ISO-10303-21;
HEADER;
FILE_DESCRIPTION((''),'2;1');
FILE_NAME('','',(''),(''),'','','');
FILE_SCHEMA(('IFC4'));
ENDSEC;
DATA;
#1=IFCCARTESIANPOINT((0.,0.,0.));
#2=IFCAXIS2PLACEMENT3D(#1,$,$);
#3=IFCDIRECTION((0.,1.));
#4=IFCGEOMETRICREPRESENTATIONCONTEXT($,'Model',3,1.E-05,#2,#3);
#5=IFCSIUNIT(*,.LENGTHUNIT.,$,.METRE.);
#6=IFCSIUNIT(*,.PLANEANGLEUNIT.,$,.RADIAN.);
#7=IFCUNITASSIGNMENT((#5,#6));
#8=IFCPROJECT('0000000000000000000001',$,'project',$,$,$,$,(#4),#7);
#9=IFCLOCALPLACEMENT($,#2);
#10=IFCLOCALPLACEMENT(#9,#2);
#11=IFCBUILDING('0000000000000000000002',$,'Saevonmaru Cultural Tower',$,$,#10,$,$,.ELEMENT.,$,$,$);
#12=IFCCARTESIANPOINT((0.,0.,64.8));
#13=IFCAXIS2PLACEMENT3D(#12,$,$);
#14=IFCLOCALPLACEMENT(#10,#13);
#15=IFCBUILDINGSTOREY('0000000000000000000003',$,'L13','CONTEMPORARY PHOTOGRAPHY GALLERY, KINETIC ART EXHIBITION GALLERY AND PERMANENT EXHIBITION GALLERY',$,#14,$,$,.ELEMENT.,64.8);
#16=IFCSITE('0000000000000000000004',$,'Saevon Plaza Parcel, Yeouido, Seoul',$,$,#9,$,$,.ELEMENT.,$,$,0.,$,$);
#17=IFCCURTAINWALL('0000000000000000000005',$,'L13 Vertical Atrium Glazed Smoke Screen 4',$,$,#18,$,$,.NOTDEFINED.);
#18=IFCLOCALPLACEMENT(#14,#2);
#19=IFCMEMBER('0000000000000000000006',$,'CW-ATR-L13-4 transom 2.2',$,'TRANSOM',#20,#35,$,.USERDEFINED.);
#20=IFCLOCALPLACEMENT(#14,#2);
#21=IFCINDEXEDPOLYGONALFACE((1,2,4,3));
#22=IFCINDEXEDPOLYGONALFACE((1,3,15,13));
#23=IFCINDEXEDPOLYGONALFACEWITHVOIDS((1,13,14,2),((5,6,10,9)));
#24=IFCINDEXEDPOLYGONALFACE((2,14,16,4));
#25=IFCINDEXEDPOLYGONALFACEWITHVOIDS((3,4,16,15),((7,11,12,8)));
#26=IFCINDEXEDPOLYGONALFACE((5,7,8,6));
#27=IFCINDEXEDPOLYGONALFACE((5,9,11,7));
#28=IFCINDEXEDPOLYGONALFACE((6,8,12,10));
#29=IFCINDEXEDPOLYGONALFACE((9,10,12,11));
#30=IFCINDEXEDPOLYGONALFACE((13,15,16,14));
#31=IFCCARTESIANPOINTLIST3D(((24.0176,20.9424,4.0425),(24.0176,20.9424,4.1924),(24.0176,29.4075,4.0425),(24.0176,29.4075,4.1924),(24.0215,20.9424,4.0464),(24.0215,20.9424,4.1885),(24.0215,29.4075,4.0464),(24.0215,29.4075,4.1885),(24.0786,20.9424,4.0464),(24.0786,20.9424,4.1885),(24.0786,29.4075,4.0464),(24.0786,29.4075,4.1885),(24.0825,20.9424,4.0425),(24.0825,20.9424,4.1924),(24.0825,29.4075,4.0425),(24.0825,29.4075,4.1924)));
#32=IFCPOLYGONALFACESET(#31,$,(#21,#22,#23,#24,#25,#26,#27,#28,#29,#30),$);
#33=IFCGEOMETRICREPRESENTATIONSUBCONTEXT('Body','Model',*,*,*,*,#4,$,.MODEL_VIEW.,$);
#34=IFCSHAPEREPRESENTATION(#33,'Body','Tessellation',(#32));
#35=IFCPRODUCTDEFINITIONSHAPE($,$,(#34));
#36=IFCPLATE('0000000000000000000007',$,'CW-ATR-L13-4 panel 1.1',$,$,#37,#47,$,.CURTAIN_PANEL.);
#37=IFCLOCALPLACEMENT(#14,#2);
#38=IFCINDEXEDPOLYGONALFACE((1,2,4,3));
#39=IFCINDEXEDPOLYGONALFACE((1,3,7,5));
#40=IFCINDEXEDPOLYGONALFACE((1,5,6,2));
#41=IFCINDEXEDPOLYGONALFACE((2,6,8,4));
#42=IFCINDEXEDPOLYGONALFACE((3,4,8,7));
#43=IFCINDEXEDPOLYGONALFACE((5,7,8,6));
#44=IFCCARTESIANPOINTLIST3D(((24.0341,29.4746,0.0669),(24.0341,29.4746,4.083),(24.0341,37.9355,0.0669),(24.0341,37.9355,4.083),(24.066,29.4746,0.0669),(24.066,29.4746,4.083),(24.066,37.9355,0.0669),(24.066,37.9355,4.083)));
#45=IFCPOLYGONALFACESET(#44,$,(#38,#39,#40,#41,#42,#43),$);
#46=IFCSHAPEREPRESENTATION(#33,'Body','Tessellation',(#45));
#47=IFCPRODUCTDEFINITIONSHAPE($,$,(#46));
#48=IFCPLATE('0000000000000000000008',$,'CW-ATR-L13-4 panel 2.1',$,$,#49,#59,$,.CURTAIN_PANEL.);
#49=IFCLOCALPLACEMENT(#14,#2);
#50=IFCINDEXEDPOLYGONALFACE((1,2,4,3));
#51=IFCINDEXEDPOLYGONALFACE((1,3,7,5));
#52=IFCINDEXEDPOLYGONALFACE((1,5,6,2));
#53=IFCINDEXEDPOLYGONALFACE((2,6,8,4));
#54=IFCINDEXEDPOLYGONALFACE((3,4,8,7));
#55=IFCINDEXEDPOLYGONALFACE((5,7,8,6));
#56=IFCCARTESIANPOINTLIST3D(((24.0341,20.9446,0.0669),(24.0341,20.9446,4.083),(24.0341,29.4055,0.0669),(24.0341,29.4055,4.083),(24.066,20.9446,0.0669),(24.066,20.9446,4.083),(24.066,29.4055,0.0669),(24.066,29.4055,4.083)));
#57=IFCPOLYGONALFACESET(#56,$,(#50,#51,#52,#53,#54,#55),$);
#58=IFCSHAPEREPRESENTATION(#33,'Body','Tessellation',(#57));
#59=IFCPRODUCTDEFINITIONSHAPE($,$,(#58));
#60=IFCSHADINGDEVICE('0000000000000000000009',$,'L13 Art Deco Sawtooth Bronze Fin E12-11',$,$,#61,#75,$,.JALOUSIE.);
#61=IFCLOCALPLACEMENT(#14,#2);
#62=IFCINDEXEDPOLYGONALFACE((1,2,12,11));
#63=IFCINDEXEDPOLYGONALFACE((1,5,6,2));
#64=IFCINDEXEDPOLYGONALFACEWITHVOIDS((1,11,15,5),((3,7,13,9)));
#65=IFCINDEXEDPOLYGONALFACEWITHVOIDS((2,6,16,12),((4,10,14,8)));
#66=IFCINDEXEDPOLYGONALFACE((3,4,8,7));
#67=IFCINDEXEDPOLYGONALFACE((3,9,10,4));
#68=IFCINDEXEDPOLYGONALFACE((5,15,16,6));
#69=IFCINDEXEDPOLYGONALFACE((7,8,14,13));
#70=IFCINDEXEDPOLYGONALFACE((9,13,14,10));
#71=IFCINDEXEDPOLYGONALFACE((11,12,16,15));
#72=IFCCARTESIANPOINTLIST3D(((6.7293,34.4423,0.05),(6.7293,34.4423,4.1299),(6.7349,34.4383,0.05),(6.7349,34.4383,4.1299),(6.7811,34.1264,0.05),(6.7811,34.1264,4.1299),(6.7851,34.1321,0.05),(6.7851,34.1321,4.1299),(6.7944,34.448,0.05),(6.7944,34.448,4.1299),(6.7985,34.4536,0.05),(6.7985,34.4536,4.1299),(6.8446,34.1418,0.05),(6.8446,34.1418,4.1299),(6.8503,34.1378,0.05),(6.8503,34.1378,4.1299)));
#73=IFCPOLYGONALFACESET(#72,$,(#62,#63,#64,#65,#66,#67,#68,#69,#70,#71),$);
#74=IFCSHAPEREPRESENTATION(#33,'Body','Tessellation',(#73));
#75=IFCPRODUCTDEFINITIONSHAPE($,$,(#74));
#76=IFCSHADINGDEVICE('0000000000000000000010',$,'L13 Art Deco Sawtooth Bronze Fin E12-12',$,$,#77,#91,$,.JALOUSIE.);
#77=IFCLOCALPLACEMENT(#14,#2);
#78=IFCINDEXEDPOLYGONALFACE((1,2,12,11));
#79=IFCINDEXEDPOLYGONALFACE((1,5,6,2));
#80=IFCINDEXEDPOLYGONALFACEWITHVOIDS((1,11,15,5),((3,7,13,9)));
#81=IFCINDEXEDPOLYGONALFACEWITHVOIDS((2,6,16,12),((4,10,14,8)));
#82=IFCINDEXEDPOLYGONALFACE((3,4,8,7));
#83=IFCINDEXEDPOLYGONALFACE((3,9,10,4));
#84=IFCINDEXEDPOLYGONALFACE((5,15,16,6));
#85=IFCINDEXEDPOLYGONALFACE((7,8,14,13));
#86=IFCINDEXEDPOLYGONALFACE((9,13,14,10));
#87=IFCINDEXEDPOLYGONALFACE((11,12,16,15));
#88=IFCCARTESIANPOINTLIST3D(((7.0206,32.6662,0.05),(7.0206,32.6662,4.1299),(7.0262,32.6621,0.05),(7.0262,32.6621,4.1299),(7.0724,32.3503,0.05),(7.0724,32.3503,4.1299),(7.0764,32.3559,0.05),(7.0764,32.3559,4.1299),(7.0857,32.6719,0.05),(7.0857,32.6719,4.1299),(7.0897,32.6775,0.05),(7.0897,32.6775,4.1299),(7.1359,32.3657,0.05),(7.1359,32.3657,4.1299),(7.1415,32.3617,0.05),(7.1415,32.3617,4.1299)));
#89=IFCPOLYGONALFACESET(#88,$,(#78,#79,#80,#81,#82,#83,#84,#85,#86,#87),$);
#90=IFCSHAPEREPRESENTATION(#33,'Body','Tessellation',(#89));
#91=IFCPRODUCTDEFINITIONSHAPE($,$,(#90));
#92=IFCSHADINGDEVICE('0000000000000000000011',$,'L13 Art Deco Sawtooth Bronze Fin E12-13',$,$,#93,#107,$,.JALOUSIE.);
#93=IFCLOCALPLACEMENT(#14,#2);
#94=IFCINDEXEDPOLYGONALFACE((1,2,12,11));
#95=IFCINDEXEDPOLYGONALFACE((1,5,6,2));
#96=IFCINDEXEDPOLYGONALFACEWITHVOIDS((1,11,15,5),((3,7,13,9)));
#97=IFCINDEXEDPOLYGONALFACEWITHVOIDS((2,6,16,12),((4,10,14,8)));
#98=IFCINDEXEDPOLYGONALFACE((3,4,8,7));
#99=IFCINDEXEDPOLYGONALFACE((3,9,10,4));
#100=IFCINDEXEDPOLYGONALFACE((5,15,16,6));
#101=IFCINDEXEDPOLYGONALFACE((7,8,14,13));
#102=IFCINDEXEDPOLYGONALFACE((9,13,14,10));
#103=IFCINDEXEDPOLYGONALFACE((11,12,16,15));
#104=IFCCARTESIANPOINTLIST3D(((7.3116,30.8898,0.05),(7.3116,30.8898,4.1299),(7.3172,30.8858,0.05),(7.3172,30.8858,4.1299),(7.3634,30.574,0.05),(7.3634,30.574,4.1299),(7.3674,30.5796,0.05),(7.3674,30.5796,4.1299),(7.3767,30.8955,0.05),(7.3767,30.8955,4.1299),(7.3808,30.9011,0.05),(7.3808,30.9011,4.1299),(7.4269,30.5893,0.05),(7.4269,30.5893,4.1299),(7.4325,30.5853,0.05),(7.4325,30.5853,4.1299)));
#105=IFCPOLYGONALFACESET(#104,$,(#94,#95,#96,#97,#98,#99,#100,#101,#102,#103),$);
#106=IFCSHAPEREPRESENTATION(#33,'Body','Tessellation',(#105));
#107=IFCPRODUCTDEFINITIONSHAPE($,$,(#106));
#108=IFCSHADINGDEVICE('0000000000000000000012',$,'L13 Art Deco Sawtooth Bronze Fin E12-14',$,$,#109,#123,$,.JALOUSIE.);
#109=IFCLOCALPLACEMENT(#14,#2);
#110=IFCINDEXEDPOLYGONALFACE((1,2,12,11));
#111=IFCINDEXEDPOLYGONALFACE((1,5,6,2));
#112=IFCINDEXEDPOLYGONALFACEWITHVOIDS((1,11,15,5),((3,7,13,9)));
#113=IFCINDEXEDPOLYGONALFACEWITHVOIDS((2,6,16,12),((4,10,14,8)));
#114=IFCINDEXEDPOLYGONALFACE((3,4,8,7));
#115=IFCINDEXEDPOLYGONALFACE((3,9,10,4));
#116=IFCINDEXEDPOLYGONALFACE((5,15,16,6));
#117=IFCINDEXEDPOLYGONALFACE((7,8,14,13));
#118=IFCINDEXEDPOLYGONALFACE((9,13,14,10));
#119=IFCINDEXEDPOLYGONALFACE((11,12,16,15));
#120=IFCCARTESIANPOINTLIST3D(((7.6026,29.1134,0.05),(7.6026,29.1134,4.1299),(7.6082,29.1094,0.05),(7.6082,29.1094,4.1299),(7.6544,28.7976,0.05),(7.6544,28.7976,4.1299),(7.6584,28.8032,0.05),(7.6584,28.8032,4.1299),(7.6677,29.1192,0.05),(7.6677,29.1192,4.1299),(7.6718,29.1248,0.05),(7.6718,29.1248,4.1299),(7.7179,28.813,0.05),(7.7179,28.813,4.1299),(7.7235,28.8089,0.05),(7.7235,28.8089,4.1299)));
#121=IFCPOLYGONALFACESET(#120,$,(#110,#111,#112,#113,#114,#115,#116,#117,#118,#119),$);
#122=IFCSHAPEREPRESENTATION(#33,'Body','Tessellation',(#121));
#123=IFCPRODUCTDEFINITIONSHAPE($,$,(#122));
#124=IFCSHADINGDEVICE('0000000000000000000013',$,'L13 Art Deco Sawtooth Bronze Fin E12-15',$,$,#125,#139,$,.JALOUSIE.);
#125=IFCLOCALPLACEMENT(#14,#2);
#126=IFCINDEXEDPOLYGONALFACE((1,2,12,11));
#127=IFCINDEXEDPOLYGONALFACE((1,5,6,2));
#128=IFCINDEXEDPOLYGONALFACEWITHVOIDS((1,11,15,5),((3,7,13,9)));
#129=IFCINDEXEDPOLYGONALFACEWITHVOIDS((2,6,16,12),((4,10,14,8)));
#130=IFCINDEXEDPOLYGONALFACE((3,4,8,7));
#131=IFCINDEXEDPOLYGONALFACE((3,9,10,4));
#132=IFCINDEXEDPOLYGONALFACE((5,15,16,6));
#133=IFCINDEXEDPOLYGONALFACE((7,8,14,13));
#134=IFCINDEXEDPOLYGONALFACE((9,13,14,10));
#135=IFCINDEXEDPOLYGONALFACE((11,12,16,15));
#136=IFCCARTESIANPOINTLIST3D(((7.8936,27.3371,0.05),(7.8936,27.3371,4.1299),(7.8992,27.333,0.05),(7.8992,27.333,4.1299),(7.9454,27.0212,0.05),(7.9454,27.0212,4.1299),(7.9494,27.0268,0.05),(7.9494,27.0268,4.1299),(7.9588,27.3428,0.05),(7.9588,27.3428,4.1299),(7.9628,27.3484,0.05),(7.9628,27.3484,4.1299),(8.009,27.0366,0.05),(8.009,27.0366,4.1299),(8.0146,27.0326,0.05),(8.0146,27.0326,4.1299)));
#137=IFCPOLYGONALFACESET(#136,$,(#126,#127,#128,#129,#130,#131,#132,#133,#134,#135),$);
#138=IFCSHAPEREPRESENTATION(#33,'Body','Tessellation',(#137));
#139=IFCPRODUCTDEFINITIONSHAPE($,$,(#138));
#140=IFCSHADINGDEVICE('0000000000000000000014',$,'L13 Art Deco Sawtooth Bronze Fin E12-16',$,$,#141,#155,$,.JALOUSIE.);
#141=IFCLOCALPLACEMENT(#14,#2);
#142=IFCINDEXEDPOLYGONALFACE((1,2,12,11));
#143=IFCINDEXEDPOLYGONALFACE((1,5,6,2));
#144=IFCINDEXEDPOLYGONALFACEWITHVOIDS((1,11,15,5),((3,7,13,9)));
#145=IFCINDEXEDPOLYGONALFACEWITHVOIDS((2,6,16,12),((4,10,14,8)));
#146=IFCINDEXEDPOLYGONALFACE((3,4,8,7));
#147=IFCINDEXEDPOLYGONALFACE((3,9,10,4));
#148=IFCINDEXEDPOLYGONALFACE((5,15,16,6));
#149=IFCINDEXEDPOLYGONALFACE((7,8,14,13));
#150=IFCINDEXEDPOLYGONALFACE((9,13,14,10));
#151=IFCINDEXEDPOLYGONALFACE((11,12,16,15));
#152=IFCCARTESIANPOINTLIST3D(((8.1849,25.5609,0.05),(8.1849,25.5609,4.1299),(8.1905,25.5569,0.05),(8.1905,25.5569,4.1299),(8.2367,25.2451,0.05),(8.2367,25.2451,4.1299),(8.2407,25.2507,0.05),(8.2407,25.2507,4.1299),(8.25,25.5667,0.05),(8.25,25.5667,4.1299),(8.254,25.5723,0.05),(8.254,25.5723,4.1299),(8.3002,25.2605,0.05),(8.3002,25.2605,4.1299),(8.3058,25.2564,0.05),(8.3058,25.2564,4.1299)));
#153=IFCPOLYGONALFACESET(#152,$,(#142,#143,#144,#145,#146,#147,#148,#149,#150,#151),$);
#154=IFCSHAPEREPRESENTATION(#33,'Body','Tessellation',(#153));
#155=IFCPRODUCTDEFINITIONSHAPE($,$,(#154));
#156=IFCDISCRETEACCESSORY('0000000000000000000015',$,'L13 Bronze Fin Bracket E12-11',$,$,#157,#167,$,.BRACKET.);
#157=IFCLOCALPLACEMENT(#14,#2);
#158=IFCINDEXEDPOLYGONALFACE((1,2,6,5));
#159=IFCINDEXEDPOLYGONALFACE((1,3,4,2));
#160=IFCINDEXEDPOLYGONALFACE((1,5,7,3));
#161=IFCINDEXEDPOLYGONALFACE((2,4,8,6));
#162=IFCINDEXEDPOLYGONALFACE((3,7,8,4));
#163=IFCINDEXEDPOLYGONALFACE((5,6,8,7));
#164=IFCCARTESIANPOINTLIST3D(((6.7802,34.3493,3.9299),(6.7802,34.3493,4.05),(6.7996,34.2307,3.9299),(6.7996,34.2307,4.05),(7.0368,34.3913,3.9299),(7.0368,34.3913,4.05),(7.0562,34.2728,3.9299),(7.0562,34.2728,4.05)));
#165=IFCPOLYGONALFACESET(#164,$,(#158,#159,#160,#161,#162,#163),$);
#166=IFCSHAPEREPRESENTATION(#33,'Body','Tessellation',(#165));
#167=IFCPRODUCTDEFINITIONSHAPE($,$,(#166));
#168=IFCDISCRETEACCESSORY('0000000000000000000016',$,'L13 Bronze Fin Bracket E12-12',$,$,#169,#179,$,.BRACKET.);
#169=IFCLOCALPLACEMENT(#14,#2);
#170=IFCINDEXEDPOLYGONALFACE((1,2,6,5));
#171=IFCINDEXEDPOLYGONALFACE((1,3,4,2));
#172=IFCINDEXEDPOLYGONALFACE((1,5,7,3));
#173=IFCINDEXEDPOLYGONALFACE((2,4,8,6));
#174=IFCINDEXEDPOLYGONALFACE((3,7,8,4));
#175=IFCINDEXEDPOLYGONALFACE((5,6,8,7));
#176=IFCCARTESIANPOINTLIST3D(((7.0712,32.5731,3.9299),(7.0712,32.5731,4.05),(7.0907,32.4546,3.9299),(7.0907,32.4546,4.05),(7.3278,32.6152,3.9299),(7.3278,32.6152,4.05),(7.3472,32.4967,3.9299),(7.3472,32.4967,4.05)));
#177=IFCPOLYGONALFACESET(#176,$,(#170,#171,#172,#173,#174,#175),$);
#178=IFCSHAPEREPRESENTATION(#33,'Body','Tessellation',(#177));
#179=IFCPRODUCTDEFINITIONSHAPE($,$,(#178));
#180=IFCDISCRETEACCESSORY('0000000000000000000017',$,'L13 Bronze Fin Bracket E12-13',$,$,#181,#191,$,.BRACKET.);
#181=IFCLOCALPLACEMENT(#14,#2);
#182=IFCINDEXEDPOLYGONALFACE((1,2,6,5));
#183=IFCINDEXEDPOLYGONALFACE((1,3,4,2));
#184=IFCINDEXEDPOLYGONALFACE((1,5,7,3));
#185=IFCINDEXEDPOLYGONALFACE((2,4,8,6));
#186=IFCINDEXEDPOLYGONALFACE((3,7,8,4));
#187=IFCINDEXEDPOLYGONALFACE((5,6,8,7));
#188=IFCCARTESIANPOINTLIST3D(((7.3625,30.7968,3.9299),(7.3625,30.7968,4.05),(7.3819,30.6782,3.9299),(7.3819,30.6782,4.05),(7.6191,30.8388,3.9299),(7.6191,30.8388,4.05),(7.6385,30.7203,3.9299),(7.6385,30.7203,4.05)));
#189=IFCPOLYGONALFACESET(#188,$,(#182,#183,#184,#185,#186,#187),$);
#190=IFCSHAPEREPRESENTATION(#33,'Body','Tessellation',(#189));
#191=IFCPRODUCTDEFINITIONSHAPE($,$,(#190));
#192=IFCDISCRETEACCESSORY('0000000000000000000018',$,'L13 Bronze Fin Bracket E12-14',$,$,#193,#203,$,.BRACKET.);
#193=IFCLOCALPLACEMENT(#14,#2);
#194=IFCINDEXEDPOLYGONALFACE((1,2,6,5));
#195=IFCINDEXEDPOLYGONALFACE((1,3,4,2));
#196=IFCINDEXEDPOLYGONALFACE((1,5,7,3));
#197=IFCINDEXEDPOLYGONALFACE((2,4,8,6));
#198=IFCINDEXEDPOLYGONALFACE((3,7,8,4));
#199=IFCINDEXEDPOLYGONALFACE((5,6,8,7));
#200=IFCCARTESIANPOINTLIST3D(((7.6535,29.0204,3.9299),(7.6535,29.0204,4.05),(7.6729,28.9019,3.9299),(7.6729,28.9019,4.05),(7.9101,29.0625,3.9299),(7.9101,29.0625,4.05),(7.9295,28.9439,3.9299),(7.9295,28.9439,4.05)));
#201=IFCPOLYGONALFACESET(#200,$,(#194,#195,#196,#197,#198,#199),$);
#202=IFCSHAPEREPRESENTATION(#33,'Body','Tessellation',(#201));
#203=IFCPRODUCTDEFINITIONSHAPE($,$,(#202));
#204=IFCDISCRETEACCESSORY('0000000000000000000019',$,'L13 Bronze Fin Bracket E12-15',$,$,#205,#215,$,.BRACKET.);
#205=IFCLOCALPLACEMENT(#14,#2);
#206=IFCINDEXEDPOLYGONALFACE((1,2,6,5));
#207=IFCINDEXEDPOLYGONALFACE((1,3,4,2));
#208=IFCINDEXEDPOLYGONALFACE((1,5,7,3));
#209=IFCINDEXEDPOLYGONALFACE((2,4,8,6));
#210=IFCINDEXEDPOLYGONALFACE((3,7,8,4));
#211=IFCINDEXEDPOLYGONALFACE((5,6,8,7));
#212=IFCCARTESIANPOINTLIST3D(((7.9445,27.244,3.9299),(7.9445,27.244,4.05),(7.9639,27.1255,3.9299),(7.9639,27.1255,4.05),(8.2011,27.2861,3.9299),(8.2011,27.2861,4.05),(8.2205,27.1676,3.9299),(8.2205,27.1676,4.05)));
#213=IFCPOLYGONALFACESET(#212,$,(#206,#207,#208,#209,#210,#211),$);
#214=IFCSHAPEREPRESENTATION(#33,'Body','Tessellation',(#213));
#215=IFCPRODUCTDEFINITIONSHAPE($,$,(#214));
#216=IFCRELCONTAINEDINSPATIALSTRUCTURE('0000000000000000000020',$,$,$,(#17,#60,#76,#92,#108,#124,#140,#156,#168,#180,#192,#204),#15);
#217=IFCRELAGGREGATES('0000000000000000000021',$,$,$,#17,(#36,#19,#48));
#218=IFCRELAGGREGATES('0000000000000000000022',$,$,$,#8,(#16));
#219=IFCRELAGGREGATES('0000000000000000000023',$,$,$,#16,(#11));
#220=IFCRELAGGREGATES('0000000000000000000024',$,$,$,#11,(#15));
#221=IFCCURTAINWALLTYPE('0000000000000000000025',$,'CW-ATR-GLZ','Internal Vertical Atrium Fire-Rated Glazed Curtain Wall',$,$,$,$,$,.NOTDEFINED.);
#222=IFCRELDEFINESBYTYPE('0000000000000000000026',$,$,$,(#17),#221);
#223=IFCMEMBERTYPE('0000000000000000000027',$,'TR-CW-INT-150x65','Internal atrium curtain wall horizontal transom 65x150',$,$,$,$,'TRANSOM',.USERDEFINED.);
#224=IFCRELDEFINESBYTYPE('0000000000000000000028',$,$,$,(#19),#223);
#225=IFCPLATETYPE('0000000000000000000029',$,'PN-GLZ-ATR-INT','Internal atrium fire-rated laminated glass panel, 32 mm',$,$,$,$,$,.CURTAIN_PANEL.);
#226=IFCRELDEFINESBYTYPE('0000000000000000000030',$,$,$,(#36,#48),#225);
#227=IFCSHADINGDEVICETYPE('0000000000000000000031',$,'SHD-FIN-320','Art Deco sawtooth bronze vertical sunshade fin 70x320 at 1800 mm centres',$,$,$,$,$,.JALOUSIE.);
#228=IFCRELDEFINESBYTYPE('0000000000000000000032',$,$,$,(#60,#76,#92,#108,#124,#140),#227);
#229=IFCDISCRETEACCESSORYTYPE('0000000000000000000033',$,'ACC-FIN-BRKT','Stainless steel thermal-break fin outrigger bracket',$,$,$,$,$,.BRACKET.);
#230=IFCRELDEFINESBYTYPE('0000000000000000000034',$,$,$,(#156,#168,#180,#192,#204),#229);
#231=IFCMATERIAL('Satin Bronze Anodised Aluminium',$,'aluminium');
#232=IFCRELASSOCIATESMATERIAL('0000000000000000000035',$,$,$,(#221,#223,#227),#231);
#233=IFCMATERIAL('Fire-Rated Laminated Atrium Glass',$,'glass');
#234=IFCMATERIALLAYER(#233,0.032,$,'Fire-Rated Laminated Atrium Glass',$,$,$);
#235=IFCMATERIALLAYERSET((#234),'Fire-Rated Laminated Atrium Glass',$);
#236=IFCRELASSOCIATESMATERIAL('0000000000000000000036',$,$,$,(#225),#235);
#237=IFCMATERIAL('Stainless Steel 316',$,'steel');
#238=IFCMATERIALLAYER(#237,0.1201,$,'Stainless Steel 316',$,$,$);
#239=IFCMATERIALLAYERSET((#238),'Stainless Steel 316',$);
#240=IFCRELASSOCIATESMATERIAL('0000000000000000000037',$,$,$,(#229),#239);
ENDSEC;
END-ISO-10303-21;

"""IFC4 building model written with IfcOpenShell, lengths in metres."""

from ifc_helpers import new_model, si_unit, direction, frame, origin, origin_2d, place, context, subcontext, project, spatial, rectangle, hollow_rectangle, extrude, material, layer, layer_set, material_profile, profile_set, type_object, element, aggregate, save


model = new_model("IFC4")

# Units and contexts
model_context = context("Model", 3, precision=1e-05, world=origin(), true_north=direction((0.0, 1.0)))
body_context = subcontext(model_context, "Body", "Model", "MODEL_VIEW")
ifc_project = project(units=[si_unit("LENGTHUNIT", "METRE"), si_unit("PLANEANGLEUNIT", "RADIAN")], contexts=[model_context])

# Site, building, storey
site_placement = place(None, origin())
site = spatial("IfcSite", under=ifc_project, at=site_placement, Name="Saevon Plaza Parcel, Yeouido, Seoul", CompositionType="ELEMENT", RefElevation=0.0)
building_placement = place(site_placement, origin())
building = spatial("IfcBuilding", under=site, at=building_placement, Name="Saevonmaru Cultural Tower", CompositionType="ELEMENT")
storey_placement = place(building_placement, frame((0.0, 0.0, 64.8)))
storey = spatial("IfcBuildingStorey", under=building, at=storey_placement, Name="L13", Description="CONTEMPORARY PHOTOGRAPHY GALLERY, KINETIC ART EXHIBITION GALLERY AND PERMANENT EXHIBITION GALLERY", CompositionType="ELEMENT", Elevation=64.8)

# Curtain wall
ifc_material_1 = material(Name="Satin Bronze Anodised Aluminium", Category="aluminium")
curtain_wall_type_1 = type_object("IfcCurtainWallType", Name="CW-ATR-GLZ", Description="Internal Vertical Atrium Fire-Rated Glazed Curtain Wall", PredefinedType="NOTDEFINED", material=ifc_material_1)
curtain_wall_1_placement = place(storey_placement, origin())
curtain_wall_1 = element("IfcCurtainWall", 1, at=curtain_wall_1_placement, inside=storey, type_object=curtain_wall_type_1, Name="L13 Vertical Atrium Glazed Smoke Screen 4", PredefinedType="NOTDEFINED")

# Member
ifc_material_profile_1 = material_profile(ifc_material_1, hollow_rectangle(XDim=0.0649, YDim=0.1499, WallThickness=0.0039, at=origin_2d()), Name="ALU-TRAN-150x65x4")
ifc_profile_set_1 = profile_set([ifc_material_profile_1], Name="Satin Bronze Anodised Aluminium")
member_type_1 = type_object("IfcMemberType", Name="TR-CW-INT-150x65", Description="Internal atrium curtain wall horizontal transom 65x150", ElementType="TRANSOM", PredefinedType="USERDEFINED", material=ifc_profile_set_1)
member_1_placement = place(storey_placement, frame((24.05, 29.4075, 4.1174), z_axis=(0.0, -1.0, 0.0), x_axis=(1.0, 0.0, 0.0)))
member_1 = element("IfcMember", 2, at=member_1_placement, type_object=member_type_1, Name="CW-ATR-L13-4 transom 2.2", ObjectType="TRANSOM", PredefinedType="USERDEFINED", context=body_context, shape_type="SweptSolid", body=[
    extrude(hollow_rectangle(XDim=0.0649, YDim=0.1499, WallThickness=0.0039, at=origin_2d()), origin(), (0.0, 0.0, 1.0), 8.4651),
])

# Plates
ifc_material_2 = material(Name="Fire-Rated Laminated Atrium Glass", Category="glass")
ifc_layer_1 = layer(ifc_material_2, 0.032, Name="Fire-Rated Laminated Atrium Glass")
ifc_layer_set_1 = layer_set([ifc_layer_1], Name="Fire-Rated Laminated Atrium Glass")
plate_type = type_object("IfcPlateType", Name="PN-GLZ-ATR-INT", Description="Internal atrium fire-rated laminated glass panel, 32 mm", PredefinedType="CURTAIN_PANEL", material=ifc_layer_set_1)
plate_1_placement = place(storey_placement, frame((24.05, 33.7051, 0.0669), z_axis=(0.0, 0.0, 1.0), x_axis=(0.0, -1.0, 0.0)))
plate_1 = element("IfcPlate", 3, at=plate_1_placement, type_object=plate_type, Name="CW-ATR-L13-4 panel 1.1", PredefinedType="CURTAIN_PANEL", context=body_context, shape_type="SweptSolid", body=[
    extrude(rectangle(XDim=8.4609, YDim=0.032, at=origin_2d()), origin(), (0.0, 0.0, 1.0), 4.0161),
])
plate_2_placement = place(storey_placement, frame((24.05, 25.175, 0.0669), z_axis=(0.0, 0.0, 1.0), x_axis=(0.0, -1.0, 0.0)))
plate_2 = element("IfcPlate", 4, at=plate_2_placement, type_object=plate_type, Name="CW-ATR-L13-4 panel 2.1", PredefinedType="CURTAIN_PANEL", context=body_context, shape_type="SweptSolid", body=[
    extrude(rectangle(XDim=8.4609, YDim=0.032, at=origin_2d()), origin(), (0.0, 0.0, 1.0), 4.0161),
])
aggregate(curtain_wall_1, [plate_1, member_1, plate_2])

# Shading devices
ifc_material_profile_2 = material_profile(ifc_material_1, hollow_rectangle(XDim=0.0701, YDim=0.3201, WallThickness=0.0049, at=origin_2d()), Name="FIN-320x70")
ifc_profile_set_2 = profile_set([ifc_material_profile_2], Name="Satin Bronze Anodised Aluminium")
shading_device_type = type_object("IfcShadingDeviceType", Name="SHD-FIN-320", Description="Art Deco sawtooth bronze vertical sunshade fin 70x320 at 1800 mm centres", PredefinedType="JALOUSIE", material=ifc_profile_set_2)
for number, where, z_axis, x_axis, name in (
    (5, (6.7898, 34.29, 0.05), (0.0, 0.0, 1.0), (-0.986827, -0.161776, 0.0), "L13 Art Deco Sawtooth Bronze Fin E12-11"),
    (6, (7.0811, 32.5139, 0.05), (0.0, 0.0, 1.0), (-0.986827, -0.161776, 0.0), "L13 Art Deco Sawtooth Bronze Fin E12-12"),
    (7, (7.3721, 30.7375, 0.05), (0.0, 0.0, 1.0), (-0.986827, -0.161776, 0.0), "L13 Art Deco Sawtooth Bronze Fin E12-13"),
    (8, (7.6631, 28.9612, 0.05), (0.0, 0.0, 1.0), (-0.986827, -0.161776, 0.0), "L13 Art Deco Sawtooth Bronze Fin E12-14"),
    (9, (7.9541, 27.1848, 0.05), (0.0, 0.0, 1.0), (-0.986827, -0.161776, 0.0), "L13 Art Deco Sawtooth Bronze Fin E12-15"),
    (10, (8.2454, 25.4087, 0.05), (0.0, 0.0, 1.0), (-0.986827, -0.161776, 0.0), "L13 Art Deco Sawtooth Bronze Fin E12-16"),
):
    element("IfcShadingDevice", number, at=place(storey_placement, frame(where, z_axis=z_axis, x_axis=x_axis)), inside=storey, type_object=shading_device_type, Name=name, PredefinedType="JALOUSIE", context=body_context, shape_type="SweptSolid", body=[
        extrude(hollow_rectangle(XDim=0.0701, YDim=0.3201, WallThickness=0.0049, at=origin_2d()), origin(), (0.0, 0.0, 1.0), 4.0798),
    ])

# Discrete accessories
ifc_material_3 = material(Name="Stainless Steel 316", Category="steel")
ifc_layer_2 = layer(ifc_material_3, 0.1201, Name="Stainless Steel 316")
ifc_layer_set_2 = layer_set([ifc_layer_2], Name="Stainless Steel 316")
discrete_accessory_type = type_object("IfcDiscreteAccessoryType", Name="ACC-FIN-BRKT", Description="Stainless steel thermal-break fin outrigger bracket", PredefinedType="BRACKET", material=ifc_layer_set_2)
for number, where, z_axis, x_axis, name in (
    (11, (6.9182, 34.311, 3.9299), (0.0, 0.0, 1.0), (-0.986827, -0.161776, 0.0), "L13 Bronze Fin Bracket E12-11"),
    (12, (7.2092, 32.5349, 3.9299), (0.0, 0.0, 1.0), (-0.986827, -0.161776, 0.0), "L13 Bronze Fin Bracket E12-12"),
    (13, (7.5005, 30.7585, 3.9299), (0.0, 0.0, 1.0), (-0.986827, -0.161776, 0.0), "L13 Bronze Fin Bracket E12-13"),
    (14, (7.7915, 28.9822, 3.9299), (0.0, 0.0, 1.0), (-0.986827, -0.161776, 0.0), "L13 Bronze Fin Bracket E12-14"),
    (15, (8.0825, 27.2058, 3.9299), (0.0, 0.0, 1.0), (-0.986827, -0.161776, 0.0), "L13 Bronze Fin Bracket E12-15"),
):
    element("IfcDiscreteAccessory", number, at=place(storey_placement, frame(where, z_axis=z_axis, x_axis=x_axis)), inside=storey, type_object=discrete_accessory_type, Name=name, PredefinedType="BRACKET", context=body_context, shape_type="SweptSolid", body=[
        extrude(rectangle(XDim=0.26, YDim=0.1201, at=origin_2d()), origin(), (0.0, 0.0, 1.0), 0.1201),
    ])

save(model, "model.ifc")
